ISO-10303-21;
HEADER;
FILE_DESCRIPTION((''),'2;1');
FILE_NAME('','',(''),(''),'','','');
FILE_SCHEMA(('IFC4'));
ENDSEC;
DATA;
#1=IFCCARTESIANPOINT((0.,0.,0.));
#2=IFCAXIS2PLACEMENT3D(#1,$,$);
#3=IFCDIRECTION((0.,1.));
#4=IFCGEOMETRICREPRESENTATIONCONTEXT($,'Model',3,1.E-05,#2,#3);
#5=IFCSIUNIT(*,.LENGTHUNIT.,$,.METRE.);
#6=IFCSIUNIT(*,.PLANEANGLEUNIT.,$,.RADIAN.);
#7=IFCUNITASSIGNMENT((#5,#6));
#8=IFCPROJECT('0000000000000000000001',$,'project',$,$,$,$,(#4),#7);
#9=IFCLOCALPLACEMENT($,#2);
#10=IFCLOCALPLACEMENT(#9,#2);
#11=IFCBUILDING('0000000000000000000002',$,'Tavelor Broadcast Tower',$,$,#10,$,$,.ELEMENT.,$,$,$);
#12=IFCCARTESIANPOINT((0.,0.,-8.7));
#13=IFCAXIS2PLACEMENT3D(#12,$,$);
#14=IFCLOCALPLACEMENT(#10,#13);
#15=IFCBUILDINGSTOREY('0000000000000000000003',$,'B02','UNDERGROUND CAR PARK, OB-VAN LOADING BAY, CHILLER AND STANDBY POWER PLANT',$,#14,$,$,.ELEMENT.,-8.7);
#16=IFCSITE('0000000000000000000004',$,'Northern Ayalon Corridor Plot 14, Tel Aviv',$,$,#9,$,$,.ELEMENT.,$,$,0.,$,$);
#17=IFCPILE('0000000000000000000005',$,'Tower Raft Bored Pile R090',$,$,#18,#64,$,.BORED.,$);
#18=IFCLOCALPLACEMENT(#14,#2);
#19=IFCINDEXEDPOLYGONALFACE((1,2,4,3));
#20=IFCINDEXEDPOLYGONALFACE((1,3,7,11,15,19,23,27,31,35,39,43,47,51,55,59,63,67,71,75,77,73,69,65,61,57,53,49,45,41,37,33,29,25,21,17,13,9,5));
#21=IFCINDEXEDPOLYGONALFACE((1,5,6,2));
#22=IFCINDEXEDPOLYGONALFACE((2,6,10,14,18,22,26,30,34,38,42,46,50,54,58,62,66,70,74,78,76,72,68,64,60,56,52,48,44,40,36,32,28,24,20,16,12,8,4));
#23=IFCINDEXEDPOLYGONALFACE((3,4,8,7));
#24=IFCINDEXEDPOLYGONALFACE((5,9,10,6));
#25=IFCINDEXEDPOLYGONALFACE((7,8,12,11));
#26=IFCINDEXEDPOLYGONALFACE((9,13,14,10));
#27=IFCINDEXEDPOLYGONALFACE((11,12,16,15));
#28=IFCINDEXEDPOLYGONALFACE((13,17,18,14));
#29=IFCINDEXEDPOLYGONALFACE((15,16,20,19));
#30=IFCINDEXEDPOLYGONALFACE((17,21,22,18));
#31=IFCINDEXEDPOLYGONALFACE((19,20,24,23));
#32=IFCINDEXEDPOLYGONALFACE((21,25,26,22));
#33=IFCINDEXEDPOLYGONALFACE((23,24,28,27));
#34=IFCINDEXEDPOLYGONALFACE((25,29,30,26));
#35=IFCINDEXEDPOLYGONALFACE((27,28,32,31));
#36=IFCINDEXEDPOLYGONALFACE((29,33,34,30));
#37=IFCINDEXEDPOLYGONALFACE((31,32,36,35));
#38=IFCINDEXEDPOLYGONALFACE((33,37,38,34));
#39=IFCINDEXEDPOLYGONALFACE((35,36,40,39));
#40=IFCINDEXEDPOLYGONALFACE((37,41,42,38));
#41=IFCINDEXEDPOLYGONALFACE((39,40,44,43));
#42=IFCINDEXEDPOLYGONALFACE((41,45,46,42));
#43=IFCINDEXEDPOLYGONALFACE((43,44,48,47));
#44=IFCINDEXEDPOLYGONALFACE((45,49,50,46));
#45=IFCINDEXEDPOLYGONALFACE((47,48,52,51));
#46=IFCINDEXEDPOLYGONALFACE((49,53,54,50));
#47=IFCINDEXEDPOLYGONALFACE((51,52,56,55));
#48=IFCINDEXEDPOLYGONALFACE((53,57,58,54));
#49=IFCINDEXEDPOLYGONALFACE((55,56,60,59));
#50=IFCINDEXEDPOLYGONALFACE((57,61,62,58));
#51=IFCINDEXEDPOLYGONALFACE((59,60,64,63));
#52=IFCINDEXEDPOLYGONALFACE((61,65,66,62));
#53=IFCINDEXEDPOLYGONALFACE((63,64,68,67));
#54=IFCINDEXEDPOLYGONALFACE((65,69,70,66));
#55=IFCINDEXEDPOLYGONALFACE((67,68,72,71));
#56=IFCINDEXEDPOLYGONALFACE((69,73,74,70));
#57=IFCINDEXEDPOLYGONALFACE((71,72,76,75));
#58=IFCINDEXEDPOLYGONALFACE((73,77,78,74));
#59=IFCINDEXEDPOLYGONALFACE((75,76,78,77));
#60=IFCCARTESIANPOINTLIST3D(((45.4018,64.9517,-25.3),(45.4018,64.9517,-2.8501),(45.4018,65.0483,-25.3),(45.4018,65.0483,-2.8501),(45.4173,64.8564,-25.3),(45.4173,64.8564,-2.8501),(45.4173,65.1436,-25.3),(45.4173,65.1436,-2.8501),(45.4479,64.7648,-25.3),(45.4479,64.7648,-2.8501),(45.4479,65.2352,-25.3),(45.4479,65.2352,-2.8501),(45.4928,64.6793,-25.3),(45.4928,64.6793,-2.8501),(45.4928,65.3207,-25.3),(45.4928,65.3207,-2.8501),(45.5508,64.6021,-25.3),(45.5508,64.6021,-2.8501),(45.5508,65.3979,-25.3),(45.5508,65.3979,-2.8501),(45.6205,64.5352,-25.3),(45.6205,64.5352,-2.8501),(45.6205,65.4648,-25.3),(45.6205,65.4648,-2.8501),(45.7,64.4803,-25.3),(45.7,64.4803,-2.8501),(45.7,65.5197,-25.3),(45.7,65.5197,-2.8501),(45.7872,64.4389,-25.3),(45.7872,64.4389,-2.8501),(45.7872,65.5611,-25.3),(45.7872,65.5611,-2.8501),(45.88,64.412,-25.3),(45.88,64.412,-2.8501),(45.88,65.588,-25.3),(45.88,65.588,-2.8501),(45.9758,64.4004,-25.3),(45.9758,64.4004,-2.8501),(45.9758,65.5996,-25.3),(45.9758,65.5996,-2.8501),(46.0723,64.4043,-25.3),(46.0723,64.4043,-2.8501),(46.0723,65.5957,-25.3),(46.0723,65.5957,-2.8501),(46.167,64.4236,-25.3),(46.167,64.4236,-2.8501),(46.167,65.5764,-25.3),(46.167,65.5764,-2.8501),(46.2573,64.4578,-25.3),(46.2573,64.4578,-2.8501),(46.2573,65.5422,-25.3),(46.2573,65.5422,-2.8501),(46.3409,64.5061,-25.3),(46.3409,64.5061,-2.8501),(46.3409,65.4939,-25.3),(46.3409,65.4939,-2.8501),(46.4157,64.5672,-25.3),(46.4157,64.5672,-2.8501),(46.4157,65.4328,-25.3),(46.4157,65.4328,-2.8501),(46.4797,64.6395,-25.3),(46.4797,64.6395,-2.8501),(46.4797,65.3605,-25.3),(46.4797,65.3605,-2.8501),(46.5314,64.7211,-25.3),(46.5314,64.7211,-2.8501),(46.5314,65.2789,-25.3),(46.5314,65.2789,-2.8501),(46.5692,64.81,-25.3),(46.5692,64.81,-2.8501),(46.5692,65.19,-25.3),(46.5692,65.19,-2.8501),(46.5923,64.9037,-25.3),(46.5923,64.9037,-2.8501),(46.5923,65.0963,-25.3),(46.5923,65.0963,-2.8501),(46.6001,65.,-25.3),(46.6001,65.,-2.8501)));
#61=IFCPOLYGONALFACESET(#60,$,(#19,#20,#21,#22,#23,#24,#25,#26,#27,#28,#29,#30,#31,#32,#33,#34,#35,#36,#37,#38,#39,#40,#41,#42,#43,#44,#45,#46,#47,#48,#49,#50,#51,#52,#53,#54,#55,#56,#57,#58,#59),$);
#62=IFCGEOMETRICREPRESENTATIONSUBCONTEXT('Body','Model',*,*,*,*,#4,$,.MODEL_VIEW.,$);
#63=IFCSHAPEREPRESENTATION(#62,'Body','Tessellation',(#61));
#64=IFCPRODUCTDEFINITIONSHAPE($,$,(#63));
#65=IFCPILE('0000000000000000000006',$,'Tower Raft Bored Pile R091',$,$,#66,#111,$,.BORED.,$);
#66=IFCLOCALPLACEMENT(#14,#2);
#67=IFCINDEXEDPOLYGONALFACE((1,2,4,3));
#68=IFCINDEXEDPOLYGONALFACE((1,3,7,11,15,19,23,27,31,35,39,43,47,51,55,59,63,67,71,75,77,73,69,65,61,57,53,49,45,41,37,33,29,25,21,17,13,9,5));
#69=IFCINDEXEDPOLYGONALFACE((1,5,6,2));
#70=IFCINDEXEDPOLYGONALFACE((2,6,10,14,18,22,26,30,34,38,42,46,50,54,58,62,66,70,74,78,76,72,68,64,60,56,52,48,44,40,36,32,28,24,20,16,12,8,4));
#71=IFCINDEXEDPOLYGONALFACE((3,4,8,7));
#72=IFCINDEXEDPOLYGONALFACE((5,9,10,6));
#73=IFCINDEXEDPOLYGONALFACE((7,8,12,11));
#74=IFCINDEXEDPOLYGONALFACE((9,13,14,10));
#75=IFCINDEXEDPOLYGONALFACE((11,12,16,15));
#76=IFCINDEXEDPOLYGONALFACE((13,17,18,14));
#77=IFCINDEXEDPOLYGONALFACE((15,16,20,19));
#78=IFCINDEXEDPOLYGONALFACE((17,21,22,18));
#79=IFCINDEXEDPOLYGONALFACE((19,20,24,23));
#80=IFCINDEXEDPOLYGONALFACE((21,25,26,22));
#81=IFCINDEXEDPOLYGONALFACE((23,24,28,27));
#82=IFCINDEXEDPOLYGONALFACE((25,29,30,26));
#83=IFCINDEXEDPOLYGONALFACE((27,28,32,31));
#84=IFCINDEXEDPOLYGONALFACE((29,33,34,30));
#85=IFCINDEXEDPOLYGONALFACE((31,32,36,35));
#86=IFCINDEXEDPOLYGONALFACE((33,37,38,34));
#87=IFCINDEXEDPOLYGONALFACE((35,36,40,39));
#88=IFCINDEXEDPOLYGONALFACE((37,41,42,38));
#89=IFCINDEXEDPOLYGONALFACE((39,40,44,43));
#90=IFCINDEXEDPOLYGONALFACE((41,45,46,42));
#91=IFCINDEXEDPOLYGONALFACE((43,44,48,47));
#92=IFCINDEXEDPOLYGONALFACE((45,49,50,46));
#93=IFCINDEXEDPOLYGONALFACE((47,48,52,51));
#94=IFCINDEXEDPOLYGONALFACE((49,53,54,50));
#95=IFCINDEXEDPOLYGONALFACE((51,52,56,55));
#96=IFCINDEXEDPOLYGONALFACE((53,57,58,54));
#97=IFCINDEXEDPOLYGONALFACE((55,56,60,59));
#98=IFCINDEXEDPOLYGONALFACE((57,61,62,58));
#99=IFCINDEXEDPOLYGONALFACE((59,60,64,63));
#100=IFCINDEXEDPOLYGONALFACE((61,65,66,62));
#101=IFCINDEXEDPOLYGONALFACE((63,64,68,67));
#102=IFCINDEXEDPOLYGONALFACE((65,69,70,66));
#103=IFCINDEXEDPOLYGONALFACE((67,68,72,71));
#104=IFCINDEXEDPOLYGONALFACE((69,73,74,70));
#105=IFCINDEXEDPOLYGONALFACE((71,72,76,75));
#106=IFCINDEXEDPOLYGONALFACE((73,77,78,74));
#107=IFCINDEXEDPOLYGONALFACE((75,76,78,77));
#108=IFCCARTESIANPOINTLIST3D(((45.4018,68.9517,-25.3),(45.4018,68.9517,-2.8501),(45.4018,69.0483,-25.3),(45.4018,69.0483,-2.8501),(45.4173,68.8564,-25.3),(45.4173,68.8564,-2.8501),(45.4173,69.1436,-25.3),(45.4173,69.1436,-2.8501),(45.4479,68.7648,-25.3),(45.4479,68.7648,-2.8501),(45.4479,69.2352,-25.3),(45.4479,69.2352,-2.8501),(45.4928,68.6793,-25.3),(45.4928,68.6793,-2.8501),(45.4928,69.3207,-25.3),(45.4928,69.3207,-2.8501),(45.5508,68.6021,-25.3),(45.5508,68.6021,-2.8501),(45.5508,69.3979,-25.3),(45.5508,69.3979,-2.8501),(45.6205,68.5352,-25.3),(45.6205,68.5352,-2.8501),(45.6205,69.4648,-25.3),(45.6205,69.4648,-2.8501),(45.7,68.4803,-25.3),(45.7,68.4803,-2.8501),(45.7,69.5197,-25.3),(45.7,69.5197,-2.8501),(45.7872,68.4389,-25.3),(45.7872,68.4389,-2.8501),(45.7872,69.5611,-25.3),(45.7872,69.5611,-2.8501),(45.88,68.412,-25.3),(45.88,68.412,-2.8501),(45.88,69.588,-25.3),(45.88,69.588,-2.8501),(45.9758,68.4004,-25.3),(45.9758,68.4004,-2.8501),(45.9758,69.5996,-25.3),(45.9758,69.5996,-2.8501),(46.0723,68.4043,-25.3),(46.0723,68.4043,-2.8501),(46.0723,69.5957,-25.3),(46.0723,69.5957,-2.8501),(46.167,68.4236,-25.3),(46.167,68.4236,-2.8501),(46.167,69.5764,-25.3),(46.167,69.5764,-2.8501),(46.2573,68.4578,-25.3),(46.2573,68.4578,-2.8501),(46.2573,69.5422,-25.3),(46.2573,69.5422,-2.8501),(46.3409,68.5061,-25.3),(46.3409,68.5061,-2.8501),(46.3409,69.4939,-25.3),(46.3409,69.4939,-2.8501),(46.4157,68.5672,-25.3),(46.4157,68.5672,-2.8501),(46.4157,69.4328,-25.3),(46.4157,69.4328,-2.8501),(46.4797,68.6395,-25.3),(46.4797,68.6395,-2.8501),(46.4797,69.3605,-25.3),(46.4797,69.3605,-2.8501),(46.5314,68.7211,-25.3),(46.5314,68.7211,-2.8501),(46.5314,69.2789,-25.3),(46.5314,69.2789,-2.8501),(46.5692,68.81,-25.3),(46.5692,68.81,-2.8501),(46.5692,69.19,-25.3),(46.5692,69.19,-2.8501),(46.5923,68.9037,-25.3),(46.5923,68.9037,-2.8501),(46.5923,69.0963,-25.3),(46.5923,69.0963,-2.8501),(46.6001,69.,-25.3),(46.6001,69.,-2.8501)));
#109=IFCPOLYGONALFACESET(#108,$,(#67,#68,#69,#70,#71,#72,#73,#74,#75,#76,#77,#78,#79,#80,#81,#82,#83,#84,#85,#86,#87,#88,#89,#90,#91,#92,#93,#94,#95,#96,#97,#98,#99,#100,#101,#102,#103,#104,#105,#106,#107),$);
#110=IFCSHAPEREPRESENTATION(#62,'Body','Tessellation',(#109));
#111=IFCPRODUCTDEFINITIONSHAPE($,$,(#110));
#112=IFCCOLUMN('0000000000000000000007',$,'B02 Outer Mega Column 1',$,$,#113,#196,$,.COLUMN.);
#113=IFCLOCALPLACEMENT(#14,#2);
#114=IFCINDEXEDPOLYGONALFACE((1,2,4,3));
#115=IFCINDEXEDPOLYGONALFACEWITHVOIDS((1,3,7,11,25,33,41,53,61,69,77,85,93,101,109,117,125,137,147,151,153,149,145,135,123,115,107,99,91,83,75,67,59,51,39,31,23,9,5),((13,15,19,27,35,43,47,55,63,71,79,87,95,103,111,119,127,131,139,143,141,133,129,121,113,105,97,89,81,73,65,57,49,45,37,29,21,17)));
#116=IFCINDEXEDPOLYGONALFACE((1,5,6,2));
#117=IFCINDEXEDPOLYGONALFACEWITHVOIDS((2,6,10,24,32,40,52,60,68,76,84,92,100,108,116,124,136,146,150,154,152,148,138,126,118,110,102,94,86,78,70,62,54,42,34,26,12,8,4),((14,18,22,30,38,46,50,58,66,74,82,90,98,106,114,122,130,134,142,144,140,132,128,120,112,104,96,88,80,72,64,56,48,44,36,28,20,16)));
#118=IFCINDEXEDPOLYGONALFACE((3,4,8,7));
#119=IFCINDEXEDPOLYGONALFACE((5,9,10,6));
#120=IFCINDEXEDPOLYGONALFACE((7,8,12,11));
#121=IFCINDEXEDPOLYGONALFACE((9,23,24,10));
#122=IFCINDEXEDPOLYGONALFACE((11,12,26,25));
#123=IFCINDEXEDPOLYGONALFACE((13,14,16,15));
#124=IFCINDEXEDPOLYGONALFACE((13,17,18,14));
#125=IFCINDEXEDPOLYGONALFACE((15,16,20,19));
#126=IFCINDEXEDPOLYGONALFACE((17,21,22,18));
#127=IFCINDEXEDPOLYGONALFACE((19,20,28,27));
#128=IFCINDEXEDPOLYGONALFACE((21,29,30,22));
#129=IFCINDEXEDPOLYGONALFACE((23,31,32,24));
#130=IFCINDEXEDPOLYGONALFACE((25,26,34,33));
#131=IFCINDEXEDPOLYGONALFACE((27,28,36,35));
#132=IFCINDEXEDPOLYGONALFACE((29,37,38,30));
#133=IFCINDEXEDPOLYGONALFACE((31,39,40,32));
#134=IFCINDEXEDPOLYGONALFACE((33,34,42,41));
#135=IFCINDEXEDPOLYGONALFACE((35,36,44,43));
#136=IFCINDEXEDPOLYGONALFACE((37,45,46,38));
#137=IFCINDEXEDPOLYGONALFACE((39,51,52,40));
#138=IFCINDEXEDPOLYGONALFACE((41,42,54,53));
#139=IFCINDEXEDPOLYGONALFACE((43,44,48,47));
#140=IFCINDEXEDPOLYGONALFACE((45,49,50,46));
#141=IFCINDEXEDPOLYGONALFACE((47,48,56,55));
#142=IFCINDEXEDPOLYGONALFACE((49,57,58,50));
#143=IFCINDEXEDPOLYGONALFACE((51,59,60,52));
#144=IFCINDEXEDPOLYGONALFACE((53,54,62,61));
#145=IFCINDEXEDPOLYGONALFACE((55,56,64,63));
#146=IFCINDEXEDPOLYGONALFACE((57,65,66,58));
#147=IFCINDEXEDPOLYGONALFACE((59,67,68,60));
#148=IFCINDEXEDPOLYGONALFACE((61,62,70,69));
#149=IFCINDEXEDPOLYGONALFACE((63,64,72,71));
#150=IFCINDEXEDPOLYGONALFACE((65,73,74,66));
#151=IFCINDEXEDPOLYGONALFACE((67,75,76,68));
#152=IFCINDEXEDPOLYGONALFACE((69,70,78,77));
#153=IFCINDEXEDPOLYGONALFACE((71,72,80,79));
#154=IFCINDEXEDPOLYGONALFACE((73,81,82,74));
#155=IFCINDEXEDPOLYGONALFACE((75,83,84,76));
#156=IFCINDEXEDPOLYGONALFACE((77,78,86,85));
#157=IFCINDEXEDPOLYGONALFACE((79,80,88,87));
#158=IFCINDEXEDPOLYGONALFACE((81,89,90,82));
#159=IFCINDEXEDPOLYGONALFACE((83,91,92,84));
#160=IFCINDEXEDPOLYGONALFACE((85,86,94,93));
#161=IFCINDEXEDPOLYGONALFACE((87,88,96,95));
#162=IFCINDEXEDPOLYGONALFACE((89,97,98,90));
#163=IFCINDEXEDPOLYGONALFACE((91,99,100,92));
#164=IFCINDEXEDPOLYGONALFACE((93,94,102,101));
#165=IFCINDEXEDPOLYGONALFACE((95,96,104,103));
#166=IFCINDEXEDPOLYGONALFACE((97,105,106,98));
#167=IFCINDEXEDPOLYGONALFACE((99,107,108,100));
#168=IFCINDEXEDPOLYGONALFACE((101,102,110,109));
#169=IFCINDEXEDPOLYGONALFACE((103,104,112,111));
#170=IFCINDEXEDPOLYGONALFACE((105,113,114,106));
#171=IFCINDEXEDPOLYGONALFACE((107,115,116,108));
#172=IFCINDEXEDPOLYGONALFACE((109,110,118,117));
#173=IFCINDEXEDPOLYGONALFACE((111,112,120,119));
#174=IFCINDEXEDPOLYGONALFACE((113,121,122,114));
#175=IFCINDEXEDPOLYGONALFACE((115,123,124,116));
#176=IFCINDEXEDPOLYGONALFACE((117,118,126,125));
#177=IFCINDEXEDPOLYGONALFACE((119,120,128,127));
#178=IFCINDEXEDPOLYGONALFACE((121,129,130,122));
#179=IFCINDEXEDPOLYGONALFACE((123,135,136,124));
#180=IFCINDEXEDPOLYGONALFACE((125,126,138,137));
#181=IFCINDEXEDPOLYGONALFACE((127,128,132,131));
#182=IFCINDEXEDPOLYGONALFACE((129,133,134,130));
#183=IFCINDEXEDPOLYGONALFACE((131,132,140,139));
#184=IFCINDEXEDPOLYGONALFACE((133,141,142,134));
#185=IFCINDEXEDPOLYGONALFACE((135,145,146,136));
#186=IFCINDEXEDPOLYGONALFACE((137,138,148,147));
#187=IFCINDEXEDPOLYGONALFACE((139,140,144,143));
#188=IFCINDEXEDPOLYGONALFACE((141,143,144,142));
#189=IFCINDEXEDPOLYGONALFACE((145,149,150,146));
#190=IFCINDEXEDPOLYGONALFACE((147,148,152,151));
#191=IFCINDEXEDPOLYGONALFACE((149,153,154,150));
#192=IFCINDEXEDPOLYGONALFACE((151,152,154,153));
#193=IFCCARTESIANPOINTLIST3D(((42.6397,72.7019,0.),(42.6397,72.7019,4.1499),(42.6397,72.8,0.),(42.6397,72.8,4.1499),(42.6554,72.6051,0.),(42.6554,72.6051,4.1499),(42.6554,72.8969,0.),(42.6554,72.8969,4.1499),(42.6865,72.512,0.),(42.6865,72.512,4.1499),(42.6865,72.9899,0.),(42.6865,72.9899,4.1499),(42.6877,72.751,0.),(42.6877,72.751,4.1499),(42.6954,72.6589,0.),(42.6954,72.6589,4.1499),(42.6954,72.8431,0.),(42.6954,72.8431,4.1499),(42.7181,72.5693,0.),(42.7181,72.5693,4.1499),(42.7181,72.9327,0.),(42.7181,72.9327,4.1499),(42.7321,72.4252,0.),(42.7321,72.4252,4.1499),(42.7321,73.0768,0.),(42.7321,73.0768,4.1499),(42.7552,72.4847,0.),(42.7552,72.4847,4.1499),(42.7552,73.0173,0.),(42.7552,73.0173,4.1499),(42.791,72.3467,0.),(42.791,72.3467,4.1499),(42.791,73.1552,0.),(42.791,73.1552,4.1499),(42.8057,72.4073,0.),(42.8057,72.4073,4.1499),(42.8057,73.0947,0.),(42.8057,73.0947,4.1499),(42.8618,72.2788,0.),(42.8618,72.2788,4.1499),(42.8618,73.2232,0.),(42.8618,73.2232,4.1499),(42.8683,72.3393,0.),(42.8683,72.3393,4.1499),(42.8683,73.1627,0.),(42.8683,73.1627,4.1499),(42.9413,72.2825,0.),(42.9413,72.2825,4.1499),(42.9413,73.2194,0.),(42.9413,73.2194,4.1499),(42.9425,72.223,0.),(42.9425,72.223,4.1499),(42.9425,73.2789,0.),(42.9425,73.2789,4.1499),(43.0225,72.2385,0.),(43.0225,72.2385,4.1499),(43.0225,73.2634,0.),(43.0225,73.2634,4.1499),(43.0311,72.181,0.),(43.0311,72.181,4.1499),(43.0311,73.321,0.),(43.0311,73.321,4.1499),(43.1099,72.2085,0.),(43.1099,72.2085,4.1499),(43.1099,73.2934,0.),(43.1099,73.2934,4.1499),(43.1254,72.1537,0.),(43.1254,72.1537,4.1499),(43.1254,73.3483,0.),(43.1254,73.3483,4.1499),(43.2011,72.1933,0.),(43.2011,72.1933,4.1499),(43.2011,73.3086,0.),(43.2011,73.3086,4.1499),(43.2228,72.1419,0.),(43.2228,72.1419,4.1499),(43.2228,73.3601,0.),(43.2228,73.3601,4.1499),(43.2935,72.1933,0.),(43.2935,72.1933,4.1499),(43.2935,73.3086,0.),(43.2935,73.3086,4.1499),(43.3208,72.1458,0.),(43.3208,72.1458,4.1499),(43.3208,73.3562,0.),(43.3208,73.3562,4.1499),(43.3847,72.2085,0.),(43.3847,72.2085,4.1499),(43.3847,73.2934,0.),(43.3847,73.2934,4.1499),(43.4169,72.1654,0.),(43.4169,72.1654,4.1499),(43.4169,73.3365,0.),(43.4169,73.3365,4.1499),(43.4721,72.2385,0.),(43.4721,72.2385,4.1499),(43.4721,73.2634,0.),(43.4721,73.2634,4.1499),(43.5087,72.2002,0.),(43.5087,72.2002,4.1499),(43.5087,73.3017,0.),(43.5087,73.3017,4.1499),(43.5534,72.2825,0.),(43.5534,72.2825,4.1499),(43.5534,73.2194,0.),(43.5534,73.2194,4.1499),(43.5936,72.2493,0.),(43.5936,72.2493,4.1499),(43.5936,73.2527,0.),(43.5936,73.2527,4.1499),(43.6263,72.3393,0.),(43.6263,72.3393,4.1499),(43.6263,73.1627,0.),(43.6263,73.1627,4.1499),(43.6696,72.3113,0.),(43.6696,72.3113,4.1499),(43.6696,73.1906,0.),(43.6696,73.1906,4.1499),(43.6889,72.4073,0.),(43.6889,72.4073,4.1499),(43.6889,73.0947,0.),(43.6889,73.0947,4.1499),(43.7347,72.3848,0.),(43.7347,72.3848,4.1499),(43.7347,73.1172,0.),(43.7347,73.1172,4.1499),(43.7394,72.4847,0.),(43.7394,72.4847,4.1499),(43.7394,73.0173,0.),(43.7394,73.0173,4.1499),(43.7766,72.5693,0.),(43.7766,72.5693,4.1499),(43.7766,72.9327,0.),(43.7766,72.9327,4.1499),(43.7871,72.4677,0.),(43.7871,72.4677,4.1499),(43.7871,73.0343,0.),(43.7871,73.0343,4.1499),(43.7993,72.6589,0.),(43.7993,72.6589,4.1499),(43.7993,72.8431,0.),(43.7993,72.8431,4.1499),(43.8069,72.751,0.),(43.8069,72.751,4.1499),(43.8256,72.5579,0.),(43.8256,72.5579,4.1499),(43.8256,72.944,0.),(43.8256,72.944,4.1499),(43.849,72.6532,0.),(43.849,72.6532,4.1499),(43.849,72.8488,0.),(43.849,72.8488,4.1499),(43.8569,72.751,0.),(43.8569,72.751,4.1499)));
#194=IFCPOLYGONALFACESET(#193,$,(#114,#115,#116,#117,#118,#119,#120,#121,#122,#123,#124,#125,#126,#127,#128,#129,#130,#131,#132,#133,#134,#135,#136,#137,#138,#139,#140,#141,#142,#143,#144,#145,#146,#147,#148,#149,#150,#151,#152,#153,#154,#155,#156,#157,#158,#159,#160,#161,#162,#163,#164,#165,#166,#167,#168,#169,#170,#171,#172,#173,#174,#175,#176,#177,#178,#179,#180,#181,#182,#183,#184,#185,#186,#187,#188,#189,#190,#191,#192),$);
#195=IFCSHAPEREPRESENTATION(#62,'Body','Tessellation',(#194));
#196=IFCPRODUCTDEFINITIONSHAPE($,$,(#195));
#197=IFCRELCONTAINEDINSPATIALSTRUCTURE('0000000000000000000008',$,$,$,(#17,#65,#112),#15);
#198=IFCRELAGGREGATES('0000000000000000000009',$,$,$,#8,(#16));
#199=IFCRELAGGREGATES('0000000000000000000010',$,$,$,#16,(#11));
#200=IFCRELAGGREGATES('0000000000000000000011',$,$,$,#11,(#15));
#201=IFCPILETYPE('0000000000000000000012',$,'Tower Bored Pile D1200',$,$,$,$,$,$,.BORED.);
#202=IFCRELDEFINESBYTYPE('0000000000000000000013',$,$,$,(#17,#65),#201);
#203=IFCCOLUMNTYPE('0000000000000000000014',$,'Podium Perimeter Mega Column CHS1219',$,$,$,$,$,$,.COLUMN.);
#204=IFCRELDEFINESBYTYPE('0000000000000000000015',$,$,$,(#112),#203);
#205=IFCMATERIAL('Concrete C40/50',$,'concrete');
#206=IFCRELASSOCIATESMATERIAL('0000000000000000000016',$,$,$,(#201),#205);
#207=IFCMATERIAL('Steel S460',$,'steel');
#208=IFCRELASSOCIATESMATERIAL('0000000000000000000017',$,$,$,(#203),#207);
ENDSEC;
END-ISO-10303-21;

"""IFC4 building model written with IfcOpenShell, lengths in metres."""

from ifc_helpers import new_model, si_unit, direction, frame, origin, origin_2d, place, context, subcontext, project, spatial, circle, hollow_circle, extrude, material, material_profile, profile_set, type_object, element, save


model = new_model("IFC4")

# Units and contexts
model_context = context("Model", 3, precision=1e-05, world=origin(), true_north=direction((0.0, 1.0)))
body_context = subcontext(model_context, "Body", "Model", "MODEL_VIEW")
ifc_project = project(units=[si_unit("LENGTHUNIT", "METRE"), si_unit("PLANEANGLEUNIT", "RADIAN")], contexts=[model_context])

# Site, building, storey
site_placement = place(None, origin())
site = spatial("IfcSite", under=ifc_project, at=site_placement, Name="Northern Ayalon Corridor Plot 14, Tel Aviv", CompositionType="ELEMENT", RefElevation=0.0)
building_placement = place(site_placement, origin())
building = spatial("IfcBuilding", under=site, at=building_placement, Name="Tavelor Broadcast Tower", CompositionType="ELEMENT")
storey_placement = place(building_placement, frame((0.0, 0.0, -8.7)))
storey = spatial("IfcBuildingStorey", under=building, at=storey_placement, Name="B02", Description="UNDERGROUND CAR PARK, OB-VAN LOADING BAY, CHILLER AND STANDBY POWER PLANT", CompositionType="ELEMENT", Elevation=-8.7)

# Shared definitions
ifc_material_1 = material(Name="Concrete C40/50", Category="concrete")

# Piles
ifc_material_profile_1 = material_profile(ifc_material_1, circle(Radius=0.6001, at=origin_2d()), Name="PILE D1200")
ifc_profile_set_1 = profile_set([ifc_material_profile_1], Name="Concrete C40/50")
pile_type_1 = type_object("IfcPileType", Name="Tower Bored Pile D1200", PredefinedType="BORED", material=ifc_profile_set_1)
for number, where, z_axis, x_axis, name in (
    (1, (46.0, 65.0, -2.8501), (0.0, 0.0, -1.0), (1.0, 0.0, 0.0), "Tower Raft Bored Pile R090"),
    (2, (46.0, 69.0, -2.8501), (0.0, 0.0, -1.0), (1.0, 0.0, 0.0), "Tower Raft Bored Pile R091"),
):
    element("IfcPile", number, at=place(storey_placement, frame(where, z_axis=z_axis, x_axis=x_axis)), inside=storey, type_object=pile_type_1, Name=name, PredefinedType="BORED", context=body_context, shape_type="SweptSolid", body=[
        extrude(circle(Radius=0.6001, at=origin_2d()), origin(), (0.0, 0.0, 1.0), 22.45),
    ])

# Column
ifc_material_2 = material(Name="Steel S460", Category="steel")
ifc_material_profile_2 = material_profile(ifc_material_2, hollow_circle(Radius=0.6096, WallThickness=0.05, at=origin_2d()), Name="CHS 1219x50")
ifc_profile_set_2 = profile_set([ifc_material_profile_2], Name="Steel S460")
column_type = type_object("IfcColumnType", Name="Podium Perimeter Mega Column CHS1219", PredefinedType="COLUMN", material=ifc_profile_set_2)
for number, where, z_axis, x_axis, name in (
    (3, (43.2473, 72.751, 0.0), (0.0, 0.0, 1.0), (1.0, 0.0, 0.0), "B02 Outer Mega Column 1"),
):
    element("IfcColumn", number, at=place(storey_placement, frame(where, z_axis=z_axis, x_axis=x_axis)), inside=storey, type_object=column_type, Name=name, PredefinedType="COLUMN", context=body_context, shape_type="SweptSolid", body=[
        extrude(hollow_circle(Radius=0.6096, WallThickness=0.05, at=origin_2d()), origin(), (0.0, 0.0, 1.0), 4.1499),
    ])

save(model, "model.ifc")
